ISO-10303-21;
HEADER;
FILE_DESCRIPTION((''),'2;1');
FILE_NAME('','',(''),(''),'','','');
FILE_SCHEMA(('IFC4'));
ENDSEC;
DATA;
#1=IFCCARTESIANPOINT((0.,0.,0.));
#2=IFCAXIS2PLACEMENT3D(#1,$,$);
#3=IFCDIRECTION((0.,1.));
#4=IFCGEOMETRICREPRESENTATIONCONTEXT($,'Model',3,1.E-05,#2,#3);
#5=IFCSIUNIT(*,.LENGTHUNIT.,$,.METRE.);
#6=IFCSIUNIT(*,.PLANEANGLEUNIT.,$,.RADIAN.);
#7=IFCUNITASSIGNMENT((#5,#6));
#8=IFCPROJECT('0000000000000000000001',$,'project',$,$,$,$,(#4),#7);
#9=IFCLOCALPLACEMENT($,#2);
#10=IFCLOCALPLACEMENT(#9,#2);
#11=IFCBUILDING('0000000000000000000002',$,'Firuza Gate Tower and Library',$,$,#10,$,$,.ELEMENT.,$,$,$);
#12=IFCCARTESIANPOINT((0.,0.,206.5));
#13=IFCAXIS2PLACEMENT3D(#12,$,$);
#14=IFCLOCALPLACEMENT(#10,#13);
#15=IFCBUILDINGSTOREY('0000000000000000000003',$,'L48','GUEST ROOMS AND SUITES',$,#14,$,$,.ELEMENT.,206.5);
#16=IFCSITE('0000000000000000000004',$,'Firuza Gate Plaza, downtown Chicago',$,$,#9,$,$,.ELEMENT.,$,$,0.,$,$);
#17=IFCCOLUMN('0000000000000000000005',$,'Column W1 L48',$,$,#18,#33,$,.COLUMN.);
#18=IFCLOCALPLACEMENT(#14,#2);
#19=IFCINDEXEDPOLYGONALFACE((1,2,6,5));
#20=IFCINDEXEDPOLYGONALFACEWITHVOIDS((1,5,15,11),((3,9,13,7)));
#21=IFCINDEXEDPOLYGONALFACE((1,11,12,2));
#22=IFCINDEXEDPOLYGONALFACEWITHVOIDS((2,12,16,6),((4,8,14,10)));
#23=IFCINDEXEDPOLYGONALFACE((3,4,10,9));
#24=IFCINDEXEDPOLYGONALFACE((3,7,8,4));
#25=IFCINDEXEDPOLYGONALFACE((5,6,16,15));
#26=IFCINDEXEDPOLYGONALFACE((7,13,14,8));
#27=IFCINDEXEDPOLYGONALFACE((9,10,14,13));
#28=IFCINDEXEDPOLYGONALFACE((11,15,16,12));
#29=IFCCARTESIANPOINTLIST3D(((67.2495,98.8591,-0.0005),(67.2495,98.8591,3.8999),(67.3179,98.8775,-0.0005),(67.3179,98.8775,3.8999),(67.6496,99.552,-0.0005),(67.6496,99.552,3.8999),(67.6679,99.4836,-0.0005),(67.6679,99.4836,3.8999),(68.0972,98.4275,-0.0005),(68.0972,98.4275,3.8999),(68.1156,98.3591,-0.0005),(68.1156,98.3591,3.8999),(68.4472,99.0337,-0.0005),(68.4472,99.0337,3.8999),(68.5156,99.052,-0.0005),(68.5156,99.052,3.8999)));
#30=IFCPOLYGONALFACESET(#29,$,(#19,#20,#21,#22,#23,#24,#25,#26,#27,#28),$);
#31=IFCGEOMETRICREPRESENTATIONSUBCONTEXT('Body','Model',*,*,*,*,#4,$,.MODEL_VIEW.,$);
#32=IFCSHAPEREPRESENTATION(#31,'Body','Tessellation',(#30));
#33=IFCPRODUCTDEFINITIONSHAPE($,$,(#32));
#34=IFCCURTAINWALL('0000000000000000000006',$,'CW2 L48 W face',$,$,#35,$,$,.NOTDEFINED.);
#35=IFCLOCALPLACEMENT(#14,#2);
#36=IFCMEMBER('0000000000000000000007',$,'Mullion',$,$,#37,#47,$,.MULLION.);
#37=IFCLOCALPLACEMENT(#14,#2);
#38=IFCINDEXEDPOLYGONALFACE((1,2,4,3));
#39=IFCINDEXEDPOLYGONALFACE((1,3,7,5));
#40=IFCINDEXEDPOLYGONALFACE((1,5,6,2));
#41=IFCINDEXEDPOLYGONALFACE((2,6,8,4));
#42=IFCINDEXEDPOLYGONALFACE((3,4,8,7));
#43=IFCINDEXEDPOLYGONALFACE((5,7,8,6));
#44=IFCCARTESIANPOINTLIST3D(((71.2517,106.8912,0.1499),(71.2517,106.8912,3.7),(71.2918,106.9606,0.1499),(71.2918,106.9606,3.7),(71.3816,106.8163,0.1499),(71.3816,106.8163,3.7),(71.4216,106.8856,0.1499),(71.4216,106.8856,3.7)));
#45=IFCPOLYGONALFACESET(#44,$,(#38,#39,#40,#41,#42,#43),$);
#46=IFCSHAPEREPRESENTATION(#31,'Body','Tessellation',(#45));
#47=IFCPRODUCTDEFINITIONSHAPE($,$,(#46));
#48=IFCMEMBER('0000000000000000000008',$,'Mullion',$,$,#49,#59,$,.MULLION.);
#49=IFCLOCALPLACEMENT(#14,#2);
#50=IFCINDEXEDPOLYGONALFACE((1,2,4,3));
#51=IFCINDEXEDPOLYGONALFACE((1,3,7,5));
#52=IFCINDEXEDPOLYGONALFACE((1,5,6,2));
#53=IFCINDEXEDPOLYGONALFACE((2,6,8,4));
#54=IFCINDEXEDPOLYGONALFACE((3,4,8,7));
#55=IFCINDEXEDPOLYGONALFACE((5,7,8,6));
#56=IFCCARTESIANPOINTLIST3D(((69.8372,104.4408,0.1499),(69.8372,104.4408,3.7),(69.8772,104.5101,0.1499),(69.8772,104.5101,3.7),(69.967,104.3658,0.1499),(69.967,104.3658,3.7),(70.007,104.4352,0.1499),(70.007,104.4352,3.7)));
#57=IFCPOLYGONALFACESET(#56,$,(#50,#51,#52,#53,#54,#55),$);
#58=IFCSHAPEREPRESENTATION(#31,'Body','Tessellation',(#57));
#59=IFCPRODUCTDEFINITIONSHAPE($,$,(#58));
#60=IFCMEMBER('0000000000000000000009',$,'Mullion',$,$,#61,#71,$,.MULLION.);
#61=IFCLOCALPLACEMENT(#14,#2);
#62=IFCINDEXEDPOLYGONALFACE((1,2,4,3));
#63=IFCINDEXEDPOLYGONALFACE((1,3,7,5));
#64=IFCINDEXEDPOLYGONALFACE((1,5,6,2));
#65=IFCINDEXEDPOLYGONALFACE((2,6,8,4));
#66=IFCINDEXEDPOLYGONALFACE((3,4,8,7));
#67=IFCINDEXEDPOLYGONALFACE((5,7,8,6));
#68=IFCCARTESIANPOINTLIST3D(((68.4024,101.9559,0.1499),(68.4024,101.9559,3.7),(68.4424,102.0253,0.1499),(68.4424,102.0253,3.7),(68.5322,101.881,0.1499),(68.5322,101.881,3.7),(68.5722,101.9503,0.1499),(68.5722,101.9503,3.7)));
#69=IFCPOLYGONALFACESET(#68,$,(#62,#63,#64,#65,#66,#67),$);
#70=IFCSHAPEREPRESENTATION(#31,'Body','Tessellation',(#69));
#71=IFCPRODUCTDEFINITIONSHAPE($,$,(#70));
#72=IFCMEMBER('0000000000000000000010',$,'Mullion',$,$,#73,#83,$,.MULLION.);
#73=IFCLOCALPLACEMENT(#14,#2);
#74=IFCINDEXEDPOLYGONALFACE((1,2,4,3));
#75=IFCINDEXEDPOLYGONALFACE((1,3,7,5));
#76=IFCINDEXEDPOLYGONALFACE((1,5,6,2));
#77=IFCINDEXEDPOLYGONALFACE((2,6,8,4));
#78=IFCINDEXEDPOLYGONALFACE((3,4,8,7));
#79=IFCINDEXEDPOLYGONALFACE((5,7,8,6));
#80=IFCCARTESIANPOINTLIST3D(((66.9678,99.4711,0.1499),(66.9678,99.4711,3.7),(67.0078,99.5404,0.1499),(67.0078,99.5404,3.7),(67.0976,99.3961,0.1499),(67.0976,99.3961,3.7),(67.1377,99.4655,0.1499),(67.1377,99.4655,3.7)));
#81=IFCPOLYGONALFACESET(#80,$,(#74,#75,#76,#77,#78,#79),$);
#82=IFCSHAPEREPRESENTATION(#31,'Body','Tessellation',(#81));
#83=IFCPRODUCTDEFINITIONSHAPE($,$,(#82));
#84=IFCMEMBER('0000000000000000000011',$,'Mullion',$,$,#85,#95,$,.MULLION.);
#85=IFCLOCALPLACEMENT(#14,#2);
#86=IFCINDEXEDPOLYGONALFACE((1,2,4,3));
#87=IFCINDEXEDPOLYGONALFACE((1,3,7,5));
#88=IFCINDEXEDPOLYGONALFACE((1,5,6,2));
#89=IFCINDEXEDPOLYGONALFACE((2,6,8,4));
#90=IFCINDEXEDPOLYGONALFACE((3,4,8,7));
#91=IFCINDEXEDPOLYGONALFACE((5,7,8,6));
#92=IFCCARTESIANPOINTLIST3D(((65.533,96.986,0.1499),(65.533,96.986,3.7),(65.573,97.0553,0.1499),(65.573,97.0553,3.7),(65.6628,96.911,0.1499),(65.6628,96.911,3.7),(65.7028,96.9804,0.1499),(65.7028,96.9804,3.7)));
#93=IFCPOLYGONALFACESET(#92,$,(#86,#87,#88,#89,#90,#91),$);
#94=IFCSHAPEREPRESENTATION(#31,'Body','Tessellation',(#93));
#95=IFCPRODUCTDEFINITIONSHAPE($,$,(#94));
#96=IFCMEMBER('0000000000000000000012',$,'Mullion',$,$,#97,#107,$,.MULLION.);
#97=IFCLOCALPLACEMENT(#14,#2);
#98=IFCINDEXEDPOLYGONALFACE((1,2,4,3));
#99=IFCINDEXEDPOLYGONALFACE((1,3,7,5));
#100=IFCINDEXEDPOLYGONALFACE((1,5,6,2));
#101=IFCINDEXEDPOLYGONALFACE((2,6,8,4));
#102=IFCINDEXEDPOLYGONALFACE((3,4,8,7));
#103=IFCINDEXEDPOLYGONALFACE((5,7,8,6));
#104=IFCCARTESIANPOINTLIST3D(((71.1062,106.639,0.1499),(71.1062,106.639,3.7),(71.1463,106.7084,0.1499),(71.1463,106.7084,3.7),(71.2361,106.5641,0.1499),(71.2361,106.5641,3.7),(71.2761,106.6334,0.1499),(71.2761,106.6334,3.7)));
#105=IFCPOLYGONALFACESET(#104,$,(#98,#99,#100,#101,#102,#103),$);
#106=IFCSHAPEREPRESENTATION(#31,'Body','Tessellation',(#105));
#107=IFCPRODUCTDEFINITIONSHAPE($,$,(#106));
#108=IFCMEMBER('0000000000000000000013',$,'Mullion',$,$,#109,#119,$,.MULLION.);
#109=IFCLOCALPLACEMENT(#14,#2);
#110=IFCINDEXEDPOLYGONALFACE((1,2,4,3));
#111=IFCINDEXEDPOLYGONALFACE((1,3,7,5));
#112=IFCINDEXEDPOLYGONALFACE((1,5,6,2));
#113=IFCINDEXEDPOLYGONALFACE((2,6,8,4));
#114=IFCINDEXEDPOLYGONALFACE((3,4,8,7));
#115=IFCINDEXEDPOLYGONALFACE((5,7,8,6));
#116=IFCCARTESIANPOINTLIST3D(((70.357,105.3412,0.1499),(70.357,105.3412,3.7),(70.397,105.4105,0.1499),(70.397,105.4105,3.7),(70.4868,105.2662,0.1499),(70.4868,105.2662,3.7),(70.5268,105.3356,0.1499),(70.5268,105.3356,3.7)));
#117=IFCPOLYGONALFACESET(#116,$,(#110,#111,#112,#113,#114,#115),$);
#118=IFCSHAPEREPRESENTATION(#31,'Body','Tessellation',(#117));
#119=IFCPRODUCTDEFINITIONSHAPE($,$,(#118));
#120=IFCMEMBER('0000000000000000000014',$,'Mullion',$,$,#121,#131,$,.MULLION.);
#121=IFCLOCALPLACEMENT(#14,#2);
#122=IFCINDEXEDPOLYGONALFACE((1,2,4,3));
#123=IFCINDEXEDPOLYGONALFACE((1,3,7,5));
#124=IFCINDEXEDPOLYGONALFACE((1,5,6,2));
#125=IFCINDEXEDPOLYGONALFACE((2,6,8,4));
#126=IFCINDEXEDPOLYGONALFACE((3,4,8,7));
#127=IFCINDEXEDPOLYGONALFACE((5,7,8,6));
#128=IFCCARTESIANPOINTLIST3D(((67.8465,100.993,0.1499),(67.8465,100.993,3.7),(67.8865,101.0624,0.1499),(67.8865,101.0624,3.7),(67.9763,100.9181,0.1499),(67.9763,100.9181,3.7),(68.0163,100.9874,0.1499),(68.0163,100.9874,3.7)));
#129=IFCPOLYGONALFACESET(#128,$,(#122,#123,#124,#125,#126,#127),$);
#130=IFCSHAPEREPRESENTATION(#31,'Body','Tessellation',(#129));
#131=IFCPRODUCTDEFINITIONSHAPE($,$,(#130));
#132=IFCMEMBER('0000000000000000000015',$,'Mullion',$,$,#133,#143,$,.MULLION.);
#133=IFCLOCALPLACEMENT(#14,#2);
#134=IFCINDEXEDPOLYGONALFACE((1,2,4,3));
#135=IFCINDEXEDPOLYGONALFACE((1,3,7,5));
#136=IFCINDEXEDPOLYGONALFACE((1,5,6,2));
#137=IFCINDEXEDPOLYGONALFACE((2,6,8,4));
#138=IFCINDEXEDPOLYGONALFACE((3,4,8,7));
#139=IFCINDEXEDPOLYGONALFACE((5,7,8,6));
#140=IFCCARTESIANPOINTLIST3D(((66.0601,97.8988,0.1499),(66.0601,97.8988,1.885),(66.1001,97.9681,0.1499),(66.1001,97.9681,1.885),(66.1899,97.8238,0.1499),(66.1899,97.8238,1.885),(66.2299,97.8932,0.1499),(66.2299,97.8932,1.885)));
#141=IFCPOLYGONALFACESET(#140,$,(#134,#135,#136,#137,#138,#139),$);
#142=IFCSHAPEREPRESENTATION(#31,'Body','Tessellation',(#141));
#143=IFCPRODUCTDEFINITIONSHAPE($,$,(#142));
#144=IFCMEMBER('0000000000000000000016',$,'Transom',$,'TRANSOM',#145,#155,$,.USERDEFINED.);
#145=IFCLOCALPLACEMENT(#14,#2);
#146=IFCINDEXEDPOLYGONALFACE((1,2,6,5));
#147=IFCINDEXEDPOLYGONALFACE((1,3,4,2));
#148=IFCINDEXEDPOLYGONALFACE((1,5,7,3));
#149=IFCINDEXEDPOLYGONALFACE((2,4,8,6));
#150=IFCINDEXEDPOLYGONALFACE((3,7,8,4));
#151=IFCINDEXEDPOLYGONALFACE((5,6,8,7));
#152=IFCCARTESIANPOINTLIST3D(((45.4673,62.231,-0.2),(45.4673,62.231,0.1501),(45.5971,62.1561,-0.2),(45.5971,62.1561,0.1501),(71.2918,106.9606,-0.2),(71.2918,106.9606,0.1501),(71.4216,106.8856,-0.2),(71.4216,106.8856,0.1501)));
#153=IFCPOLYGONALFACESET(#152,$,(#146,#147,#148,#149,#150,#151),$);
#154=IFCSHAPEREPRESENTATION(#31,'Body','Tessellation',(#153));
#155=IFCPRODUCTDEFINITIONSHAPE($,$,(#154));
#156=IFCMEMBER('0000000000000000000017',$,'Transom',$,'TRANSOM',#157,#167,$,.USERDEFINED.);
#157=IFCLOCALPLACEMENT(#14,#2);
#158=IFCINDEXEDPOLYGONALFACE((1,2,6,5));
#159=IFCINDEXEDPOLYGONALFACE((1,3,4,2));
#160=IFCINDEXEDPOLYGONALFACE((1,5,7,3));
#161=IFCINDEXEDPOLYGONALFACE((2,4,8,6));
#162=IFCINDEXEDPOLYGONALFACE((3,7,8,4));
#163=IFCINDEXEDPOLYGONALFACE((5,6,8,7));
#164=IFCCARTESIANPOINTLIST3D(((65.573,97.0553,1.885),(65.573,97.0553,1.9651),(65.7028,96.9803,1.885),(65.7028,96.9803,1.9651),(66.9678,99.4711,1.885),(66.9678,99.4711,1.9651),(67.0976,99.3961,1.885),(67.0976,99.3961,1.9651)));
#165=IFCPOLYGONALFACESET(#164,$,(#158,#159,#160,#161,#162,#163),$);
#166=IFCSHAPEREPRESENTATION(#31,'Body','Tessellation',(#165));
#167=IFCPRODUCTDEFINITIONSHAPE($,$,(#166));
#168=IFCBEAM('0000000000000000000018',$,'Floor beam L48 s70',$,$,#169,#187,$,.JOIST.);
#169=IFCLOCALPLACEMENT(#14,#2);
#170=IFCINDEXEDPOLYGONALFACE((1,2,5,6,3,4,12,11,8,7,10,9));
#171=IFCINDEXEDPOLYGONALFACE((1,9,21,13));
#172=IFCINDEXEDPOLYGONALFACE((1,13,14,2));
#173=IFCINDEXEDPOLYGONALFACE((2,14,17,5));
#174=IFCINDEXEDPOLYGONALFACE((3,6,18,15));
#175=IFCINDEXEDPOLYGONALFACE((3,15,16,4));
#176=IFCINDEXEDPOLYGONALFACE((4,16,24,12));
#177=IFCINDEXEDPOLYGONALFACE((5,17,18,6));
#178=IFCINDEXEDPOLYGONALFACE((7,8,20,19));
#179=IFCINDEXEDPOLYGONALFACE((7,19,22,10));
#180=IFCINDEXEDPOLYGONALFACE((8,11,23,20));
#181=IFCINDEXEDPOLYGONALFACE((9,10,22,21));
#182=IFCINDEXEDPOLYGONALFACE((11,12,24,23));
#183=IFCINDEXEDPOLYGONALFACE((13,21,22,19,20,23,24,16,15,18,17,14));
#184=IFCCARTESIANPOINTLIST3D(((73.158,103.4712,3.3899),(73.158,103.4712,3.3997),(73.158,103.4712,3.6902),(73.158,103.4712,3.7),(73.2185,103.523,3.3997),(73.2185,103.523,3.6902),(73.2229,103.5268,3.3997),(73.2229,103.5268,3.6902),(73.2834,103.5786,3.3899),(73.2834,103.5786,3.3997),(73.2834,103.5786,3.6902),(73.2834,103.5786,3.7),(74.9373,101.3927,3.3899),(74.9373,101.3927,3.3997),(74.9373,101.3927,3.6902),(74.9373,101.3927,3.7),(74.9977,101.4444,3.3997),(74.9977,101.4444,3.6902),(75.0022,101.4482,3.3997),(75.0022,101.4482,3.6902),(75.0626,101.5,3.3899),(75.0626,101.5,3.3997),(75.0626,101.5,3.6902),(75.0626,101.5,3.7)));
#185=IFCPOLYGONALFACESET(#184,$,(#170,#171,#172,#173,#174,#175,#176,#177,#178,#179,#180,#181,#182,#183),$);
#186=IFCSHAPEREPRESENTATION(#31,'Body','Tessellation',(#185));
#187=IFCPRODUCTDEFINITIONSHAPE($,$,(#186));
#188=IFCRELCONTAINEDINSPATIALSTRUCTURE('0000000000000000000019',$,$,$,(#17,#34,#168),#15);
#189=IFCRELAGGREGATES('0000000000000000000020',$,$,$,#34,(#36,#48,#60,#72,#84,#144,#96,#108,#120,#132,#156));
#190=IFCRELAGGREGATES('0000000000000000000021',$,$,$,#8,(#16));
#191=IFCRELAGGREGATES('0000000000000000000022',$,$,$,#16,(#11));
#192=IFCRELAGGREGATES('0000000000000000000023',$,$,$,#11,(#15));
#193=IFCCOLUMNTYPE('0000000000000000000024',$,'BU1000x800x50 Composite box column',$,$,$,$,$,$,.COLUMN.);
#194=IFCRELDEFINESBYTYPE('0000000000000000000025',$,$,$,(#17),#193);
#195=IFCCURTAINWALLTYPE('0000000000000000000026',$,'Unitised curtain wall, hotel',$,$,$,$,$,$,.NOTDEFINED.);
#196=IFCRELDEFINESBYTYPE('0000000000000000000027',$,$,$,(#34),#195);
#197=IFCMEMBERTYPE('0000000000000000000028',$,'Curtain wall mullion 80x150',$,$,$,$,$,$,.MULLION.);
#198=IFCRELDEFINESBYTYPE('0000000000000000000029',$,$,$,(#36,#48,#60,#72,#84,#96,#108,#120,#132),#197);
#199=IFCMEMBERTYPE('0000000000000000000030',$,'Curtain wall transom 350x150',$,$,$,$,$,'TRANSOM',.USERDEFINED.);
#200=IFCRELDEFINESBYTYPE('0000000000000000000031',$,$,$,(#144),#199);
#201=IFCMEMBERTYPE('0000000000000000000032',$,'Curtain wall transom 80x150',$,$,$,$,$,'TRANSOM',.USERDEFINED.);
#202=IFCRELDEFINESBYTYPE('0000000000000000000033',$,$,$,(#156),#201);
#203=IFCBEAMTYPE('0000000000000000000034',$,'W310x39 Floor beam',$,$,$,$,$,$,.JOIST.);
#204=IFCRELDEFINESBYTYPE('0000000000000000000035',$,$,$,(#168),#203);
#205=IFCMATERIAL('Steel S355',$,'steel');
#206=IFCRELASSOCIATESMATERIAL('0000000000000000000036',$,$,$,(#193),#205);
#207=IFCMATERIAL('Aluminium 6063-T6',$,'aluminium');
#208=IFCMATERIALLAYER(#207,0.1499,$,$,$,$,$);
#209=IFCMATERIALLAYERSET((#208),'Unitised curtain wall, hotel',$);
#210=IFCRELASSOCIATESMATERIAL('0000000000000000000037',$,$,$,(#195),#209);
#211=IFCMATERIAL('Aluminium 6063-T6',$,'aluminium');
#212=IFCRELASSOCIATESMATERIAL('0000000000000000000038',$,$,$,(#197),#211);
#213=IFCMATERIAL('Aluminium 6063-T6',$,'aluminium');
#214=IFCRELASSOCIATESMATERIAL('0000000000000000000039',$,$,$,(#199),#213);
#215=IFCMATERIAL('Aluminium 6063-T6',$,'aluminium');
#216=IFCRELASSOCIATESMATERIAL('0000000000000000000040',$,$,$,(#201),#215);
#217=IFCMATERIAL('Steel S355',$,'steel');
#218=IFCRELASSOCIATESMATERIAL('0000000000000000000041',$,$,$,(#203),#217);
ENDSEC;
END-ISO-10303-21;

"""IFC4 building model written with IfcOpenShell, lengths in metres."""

from ifc_helpers import new_model, si_unit, direction, frame, origin, origin_2d, place, context, subcontext, project, spatial, rectangle, hollow_rectangle, i_section, extrude, material, layer, layer_set, material_profile, profile_set, type_object, element, aggregate, save


model = new_model("IFC4")

# Units and contexts
model_context = context("Model", 3, precision=1e-05, world=origin(), true_north=direction((0.0, 1.0)))
body_context = subcontext(model_context, "Body", "Model", "MODEL_VIEW")
ifc_project = project(units=[si_unit("LENGTHUNIT", "METRE"), si_unit("PLANEANGLEUNIT", "RADIAN")], contexts=[model_context])

# Site, building, storey
site_placement = place(None, origin())
site = spatial("IfcSite", under=ifc_project, at=site_placement, Name="Firuza Gate Plaza, downtown Chicago", CompositionType="ELEMENT", RefElevation=0.0)
building_placement = place(site_placement, origin())
building = spatial("IfcBuilding", under=site, at=building_placement, Name="Firuza Gate Tower and Library", CompositionType="ELEMENT")
storey_placement = place(building_placement, frame((0.0, 0.0, 206.5)))
storey = spatial("IfcBuildingStorey", under=building, at=storey_placement, Name="L48", Description="GUEST ROOMS AND SUITES", CompositionType="ELEMENT", Elevation=206.5)

# Column
ifc_material_1 = material(Name="Steel S355", Category="steel")
ifc_material_profile_1 = material_profile(ifc_material_1, hollow_rectangle(XDim=0.8, YDim=1.0, WallThickness=0.05, at=origin_2d()))
ifc_profile_set_1 = profile_set([ifc_material_profile_1], Name="Steel S355")
column_type = type_object("IfcColumnType", Name="BU1000x800x50 Composite box column", PredefinedType="COLUMN", material=ifc_profile_set_1)
column_placement = place(storey_placement, frame((67.8826, 98.9556, -0.0005), z_axis=(0.0, 0.0, 1.0), x_axis=(-0.5, -0.866025, 0.0)))
element("IfcColumn", 1, at=column_placement, inside=storey, type_object=column_type, Name="Column W1 L48", PredefinedType="COLUMN", context=body_context, shape_type="SweptSolid", body=[
    extrude(hollow_rectangle(XDim=0.8, YDim=1.0, WallThickness=0.05, at=origin_2d()), origin(), (0.0, 0.0, 1.0), 3.9004),
])

# Curtain wall, members
ifc_material_2 = material(Name="Aluminium 6063-T6", Category="aluminium")
ifc_layer_1 = layer(ifc_material_2, 0.1499)
ifc_layer_set_1 = layer_set([ifc_layer_1], Name="Unitised curtain wall, hotel")
curtain_wall_type = type_object("IfcCurtainWallType", Name="Unitised curtain wall, hotel", PredefinedType="NOTDEFINED", material=ifc_layer_set_1)
curtain_wall_placement = place(storey_placement, origin())
curtain_wall = element("IfcCurtainWall", 2, at=curtain_wall_placement, inside=storey, type_object=curtain_wall_type, Name="CW2 L48 W face", PredefinedType="NOTDEFINED")
ifc_material_3 = material(Name="Aluminium 6063-T6", Category="aluminium")
ifc_material_profile_2 = material_profile(ifc_material_3, rectangle(XDim=0.1499, YDim=0.0801, at=origin_2d()))
ifc_profile_set_2 = profile_set([ifc_material_profile_2], Name="Aluminium 6063-T6")
member_type_1 = type_object("IfcMemberType", Name="Curtain wall mullion 80x150", PredefinedType="MULLION", material=ifc_profile_set_2)
member_1_placement = place(storey_placement, frame((71.3367, 106.8884, 0.1499), z_axis=(0.0, 0.0, 1.0), x_axis=(0.866025, -0.5, 0.0)))
member_1 = element("IfcMember", 3, at=member_1_placement, type_object=member_type_1, Name="Mullion", PredefinedType="MULLION", context=body_context, shape_type="SweptSolid", body=[
    extrude(rectangle(XDim=0.1499, YDim=0.0801, at=origin_2d()), origin(), (0.0, 0.0, 1.0), 3.55),
])
member_2_placement = place(storey_placement, frame((69.9221, 104.438, 0.1499), z_axis=(0.0, 0.0, 1.0), x_axis=(0.866025, -0.5, 0.0)))
member_2 = element("IfcMember", 4, at=member_2_placement, type_object=member_type_1, Name="Mullion", PredefinedType="MULLION", context=body_context, shape_type="SweptSolid", body=[
    extrude(rectangle(XDim=0.1499, YDim=0.0801, at=origin_2d()), origin(), (0.0, 0.0, 1.0), 3.55),
])
member_3_placement = place(storey_placement, frame((68.4873, 101.9531, 0.1499), z_axis=(0.0, 0.0, 1.0), x_axis=(0.866025, -0.5, 0.0)))
member_3 = element("IfcMember", 5, at=member_3_placement, type_object=member_type_1, Name="Mullion", PredefinedType="MULLION", context=body_context, shape_type="SweptSolid", body=[
    extrude(rectangle(XDim=0.1499, YDim=0.0801, at=origin_2d()), origin(), (0.0, 0.0, 1.0), 3.55),
])
member_4_placement = place(storey_placement, frame((67.0527, 99.4683, 0.1499), z_axis=(0.0, 0.0, 1.0), x_axis=(0.866025, -0.5, 0.0)))
member_4 = element("IfcMember", 6, at=member_4_placement, type_object=member_type_1, Name="Mullion", PredefinedType="MULLION", context=body_context, shape_type="SweptSolid", body=[
    extrude(rectangle(XDim=0.1499, YDim=0.0801, at=origin_2d()), origin(), (0.0, 0.0, 1.0), 3.55),
])
member_5_placement = place(storey_placement, frame((65.6179, 96.9832, 0.1499), z_axis=(0.0, 0.0, 1.0), x_axis=(0.866025, -0.5, 0.0)))
member_5 = element("IfcMember", 7, at=member_5_placement, type_object=member_type_1, Name="Mullion", PredefinedType="MULLION", context=body_context, shape_type="SweptSolid", body=[
    extrude(rectangle(XDim=0.1499, YDim=0.0801, at=origin_2d()), origin(), (0.0, 0.0, 1.0), 3.55),
])
member_6_placement = place(storey_placement, frame((71.1912, 106.6362, 0.1499), z_axis=(0.0, 0.0, 1.0), x_axis=(0.866025, -0.5, 0.0)))
member_6 = element("IfcMember", 8, at=member_6_placement, type_object=member_type_1, Name="Mullion", PredefinedType="MULLION", context=body_context, shape_type="SweptSolid", body=[
    extrude(rectangle(XDim=0.1499, YDim=0.0801, at=origin_2d()), origin(), (0.0, 0.0, 1.0), 3.55),
])
member_7_placement = place(storey_placement, frame((70.4419, 105.3384, 0.1499), z_axis=(0.0, 0.0, 1.0), x_axis=(0.866025, -0.5, 0.0)))
member_7 = element("IfcMember", 9, at=member_7_placement, type_object=member_type_1, Name="Mullion", PredefinedType="MULLION", context=body_context, shape_type="SweptSolid", body=[
    extrude(rectangle(XDim=0.1499, YDim=0.0801, at=origin_2d()), origin(), (0.0, 0.0, 1.0), 3.55),
])
member_8_placement = place(storey_placement, frame((67.9314, 100.9902, 0.1499), z_axis=(0.0, 0.0, 1.0), x_axis=(0.866025, -0.5, 0.0)))
member_8 = element("IfcMember", 10, at=member_8_placement, type_object=member_type_1, Name="Mullion", PredefinedType="MULLION", context=body_context, shape_type="SweptSolid", body=[
    extrude(rectangle(XDim=0.1499, YDim=0.0801, at=origin_2d()), origin(), (0.0, 0.0, 1.0), 3.55),
])
member_9_placement = place(storey_placement, frame((66.145, 97.896, 0.1499), z_axis=(0.0, 0.0, 1.0), x_axis=(0.866025, -0.5, 0.0)))
member_9 = element("IfcMember", 11, at=member_9_placement, type_object=member_type_1, Name="Mullion", PredefinedType="MULLION", context=body_context, shape_type="SweptSolid", body=[
    extrude(rectangle(XDim=0.1499, YDim=0.0801, at=origin_2d()), origin(), (0.0, 0.0, 1.0), 1.7351),
])
ifc_material_4 = material(Name="Aluminium 6063-T6", Category="aluminium")
ifc_material_profile_3 = material_profile(ifc_material_4, rectangle(XDim=0.1499, YDim=0.3501, at=origin_2d()))
ifc_profile_set_3 = profile_set([ifc_material_profile_3], Name="Aluminium 6063-T6")
member_type_2 = type_object("IfcMemberType", Name="Curtain wall transom 350x150", ElementType="TRANSOM", PredefinedType="USERDEFINED", material=ifc_profile_set_3)
member_10_placement = place(storey_placement, frame((71.3567, 106.9231, -0.0249), z_axis=(-0.499998, -0.866026, 0.0), x_axis=(0.866026, -0.499998, 0.0)))
member_10 = element("IfcMember", 12, at=member_10_placement, type_object=member_type_2, Name="Transom", ObjectType="TRANSOM", PredefinedType="USERDEFINED", context=body_context, shape_type="SweptSolid", body=[
    extrude(rectangle(XDim=0.1499, YDim=0.3501, at=origin_2d()), origin(), (0.0, 0.0, 1.0), 51.6492),
])
ifc_material_5 = material(Name="Aluminium 6063-T6", Category="aluminium")
ifc_material_profile_4 = material_profile(ifc_material_5, rectangle(XDim=0.1499, YDim=0.0801, at=origin_2d()))
ifc_profile_set_4 = profile_set([ifc_material_profile_4], Name="Aluminium 6063-T6")
member_type_3 = type_object("IfcMemberType", Name="Curtain wall transom 80x150", ElementType="TRANSOM", PredefinedType="USERDEFINED", material=ifc_profile_set_4)
member_11_placement = place(storey_placement, frame((67.0327, 99.4336, 1.925), z_axis=(-0.500008, -0.866021, 0.0), x_axis=(0.866021, -0.500008, 0.0)))
member_11 = element("IfcMember", 13, at=member_11_placement, type_object=member_type_3, Name="Transom", ObjectType="TRANSOM", PredefinedType="USERDEFINED", context=body_context, shape_type="SweptSolid", body=[
    extrude(rectangle(XDim=0.1499, YDim=0.0801, at=origin_2d()), origin(), (0.0, 0.0, 1.0), 2.7896),
])

# Beam
ifc_material_6 = material(Name="Steel S355", Category="steel")
ifc_material_profile_5 = material_profile(ifc_material_6, i_section(OverallWidth=0.165, OverallDepth=0.3101, WebThickness=0.0059, FlangeThickness=0.0098, at=origin_2d()))
ifc_profile_set_5 = profile_set([ifc_material_profile_5], Name="Steel S355")
beam_type_1 = type_object("IfcBeamType", Name="W310x39 Floor beam", PredefinedType="JOIST", material=ifc_profile_set_5)
beam_1_placement = place(storey_placement, frame((73.2207, 103.5249, 3.5449), z_axis=(0.650292, -0.759685, 0.0), x_axis=(0.759685, 0.650292, 0.0)))
element("IfcBeam", 14, at=beam_1_placement, inside=storey, type_object=beam_type_1, Name="Floor beam L48 s70", PredefinedType="JOIST", context=body_context, shape_type="SweptSolid", body=[
    extrude(i_section(OverallWidth=0.165, OverallDepth=0.3101, WebThickness=0.0059, FlangeThickness=0.0098, at=origin_2d()), origin(), (0.0, 0.0, 1.0), 2.7361),
])

aggregate(curtain_wall, [member_1, member_2, member_3, member_4, member_5, member_10, member_6, member_7, member_8, member_9, member_11])

save(model, "model.ifc")
